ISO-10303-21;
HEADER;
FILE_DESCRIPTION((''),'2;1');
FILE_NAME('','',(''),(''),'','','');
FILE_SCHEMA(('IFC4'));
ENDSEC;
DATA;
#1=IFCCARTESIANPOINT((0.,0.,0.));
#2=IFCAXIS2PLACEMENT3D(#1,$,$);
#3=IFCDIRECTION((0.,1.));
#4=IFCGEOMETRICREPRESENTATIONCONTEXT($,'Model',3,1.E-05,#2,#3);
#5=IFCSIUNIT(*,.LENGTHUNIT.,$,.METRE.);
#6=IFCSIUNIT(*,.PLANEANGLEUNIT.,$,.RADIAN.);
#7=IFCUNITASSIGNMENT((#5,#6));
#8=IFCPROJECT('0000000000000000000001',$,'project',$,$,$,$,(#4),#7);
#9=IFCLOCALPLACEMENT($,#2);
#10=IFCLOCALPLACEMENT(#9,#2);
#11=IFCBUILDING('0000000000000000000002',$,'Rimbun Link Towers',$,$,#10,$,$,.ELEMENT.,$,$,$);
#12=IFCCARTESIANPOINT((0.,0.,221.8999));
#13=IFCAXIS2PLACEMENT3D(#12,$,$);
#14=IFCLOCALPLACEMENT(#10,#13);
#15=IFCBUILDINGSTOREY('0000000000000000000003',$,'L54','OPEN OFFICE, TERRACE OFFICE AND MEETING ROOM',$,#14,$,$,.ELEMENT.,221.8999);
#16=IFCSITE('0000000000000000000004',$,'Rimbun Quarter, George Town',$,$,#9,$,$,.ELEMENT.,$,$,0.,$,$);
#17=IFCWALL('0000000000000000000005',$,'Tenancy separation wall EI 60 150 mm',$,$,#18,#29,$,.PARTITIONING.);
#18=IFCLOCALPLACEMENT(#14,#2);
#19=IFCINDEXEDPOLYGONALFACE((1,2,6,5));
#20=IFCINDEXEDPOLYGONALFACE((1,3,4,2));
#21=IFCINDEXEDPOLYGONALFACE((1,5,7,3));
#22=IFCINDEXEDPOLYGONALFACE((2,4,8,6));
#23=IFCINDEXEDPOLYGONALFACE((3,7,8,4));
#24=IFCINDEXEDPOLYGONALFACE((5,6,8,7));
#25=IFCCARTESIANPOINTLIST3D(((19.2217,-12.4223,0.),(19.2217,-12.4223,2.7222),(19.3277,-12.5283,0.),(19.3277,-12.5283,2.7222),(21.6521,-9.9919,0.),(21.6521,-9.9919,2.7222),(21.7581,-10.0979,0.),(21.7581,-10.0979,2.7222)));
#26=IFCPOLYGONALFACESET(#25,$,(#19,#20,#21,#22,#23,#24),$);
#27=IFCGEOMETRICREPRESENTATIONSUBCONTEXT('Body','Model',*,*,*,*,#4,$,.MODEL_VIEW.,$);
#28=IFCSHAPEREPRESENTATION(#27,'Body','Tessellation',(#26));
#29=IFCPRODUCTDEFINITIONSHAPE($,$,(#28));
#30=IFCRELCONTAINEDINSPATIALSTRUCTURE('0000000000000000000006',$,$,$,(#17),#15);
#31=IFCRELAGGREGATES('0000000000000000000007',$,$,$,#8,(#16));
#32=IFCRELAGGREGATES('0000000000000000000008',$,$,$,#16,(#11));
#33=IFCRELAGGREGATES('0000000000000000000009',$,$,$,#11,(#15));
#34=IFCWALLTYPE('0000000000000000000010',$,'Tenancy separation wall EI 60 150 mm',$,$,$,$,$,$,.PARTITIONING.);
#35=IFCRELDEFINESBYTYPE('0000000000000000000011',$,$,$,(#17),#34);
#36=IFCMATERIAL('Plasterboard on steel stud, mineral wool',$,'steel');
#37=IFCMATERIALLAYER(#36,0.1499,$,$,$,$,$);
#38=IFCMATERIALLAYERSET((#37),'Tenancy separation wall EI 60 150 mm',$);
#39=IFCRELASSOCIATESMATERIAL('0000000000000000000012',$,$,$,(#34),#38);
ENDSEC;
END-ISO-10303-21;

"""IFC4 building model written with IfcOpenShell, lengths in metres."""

from ifc_helpers import new_model, si_unit, direction, frame, frame_2d, origin, place, context, subcontext, project, spatial, rectangle, extrude, material, layer, layer_set, type_object, element, save


model = new_model("IFC4")

# Units and contexts
model_context = context("Model", 3, precision=1e-05, world=origin(), true_north=direction((0.0, 1.0)))
body_context = subcontext(model_context, "Body", "Model", "MODEL_VIEW")
ifc_project = project(units=[si_unit("LENGTHUNIT", "METRE"), si_unit("PLANEANGLEUNIT", "RADIAN")], contexts=[model_context])

# Site, building, storey
site_placement = place(None, origin())
site = spatial("IfcSite", under=ifc_project, at=site_placement, Name="Rimbun Quarter, George Town", CompositionType="ELEMENT", RefElevation=0.0)
building_placement = place(site_placement, origin())
building = spatial("IfcBuilding", under=site, at=building_placement, Name="Rimbun Link Towers", CompositionType="ELEMENT")
storey_placement = place(building_placement, frame((0.0, 0.0, 221.8999)))
storey = spatial("IfcBuildingStorey", under=building, at=storey_placement, Name="L54", Description="OPEN OFFICE, TERRACE OFFICE AND MEETING ROOM", CompositionType="ELEMENT", Elevation=221.8999)

# Wall
ifc_material_1 = material(Name="Plasterboard on steel stud, mineral wool", Category="steel")
ifc_layer_1 = layer(ifc_material_1, 0.1499)
ifc_layer_set_1 = layer_set([ifc_layer_1], Name="Tenancy separation wall EI 60 150 mm")
wall_type_1 = type_object("IfcWallType", Name="Tenancy separation wall EI 60 150 mm", PredefinedType="PARTITIONING", material=ifc_layer_set_1)
wall_1_placement = place(storey_placement, frame((21.7051, -10.0449, 0.0), z_axis=(0.0, 0.0, 1.0), x_axis=(-0.707107, -0.707107, 0.0)))
element("IfcWall", 1, at=wall_1_placement, inside=storey, type_object=wall_type_1, Name="Tenancy separation wall EI 60 150 mm", PredefinedType="PARTITIONING", context=body_context, shape_type="SweptSolid", body=[
    extrude(rectangle(XDim=3.437, YDim=0.1499, at=frame_2d((1.7185, 0.0))), origin(), (0.0, 0.0, 1.0), 2.7222),
])

save(model, "model.ifc")
